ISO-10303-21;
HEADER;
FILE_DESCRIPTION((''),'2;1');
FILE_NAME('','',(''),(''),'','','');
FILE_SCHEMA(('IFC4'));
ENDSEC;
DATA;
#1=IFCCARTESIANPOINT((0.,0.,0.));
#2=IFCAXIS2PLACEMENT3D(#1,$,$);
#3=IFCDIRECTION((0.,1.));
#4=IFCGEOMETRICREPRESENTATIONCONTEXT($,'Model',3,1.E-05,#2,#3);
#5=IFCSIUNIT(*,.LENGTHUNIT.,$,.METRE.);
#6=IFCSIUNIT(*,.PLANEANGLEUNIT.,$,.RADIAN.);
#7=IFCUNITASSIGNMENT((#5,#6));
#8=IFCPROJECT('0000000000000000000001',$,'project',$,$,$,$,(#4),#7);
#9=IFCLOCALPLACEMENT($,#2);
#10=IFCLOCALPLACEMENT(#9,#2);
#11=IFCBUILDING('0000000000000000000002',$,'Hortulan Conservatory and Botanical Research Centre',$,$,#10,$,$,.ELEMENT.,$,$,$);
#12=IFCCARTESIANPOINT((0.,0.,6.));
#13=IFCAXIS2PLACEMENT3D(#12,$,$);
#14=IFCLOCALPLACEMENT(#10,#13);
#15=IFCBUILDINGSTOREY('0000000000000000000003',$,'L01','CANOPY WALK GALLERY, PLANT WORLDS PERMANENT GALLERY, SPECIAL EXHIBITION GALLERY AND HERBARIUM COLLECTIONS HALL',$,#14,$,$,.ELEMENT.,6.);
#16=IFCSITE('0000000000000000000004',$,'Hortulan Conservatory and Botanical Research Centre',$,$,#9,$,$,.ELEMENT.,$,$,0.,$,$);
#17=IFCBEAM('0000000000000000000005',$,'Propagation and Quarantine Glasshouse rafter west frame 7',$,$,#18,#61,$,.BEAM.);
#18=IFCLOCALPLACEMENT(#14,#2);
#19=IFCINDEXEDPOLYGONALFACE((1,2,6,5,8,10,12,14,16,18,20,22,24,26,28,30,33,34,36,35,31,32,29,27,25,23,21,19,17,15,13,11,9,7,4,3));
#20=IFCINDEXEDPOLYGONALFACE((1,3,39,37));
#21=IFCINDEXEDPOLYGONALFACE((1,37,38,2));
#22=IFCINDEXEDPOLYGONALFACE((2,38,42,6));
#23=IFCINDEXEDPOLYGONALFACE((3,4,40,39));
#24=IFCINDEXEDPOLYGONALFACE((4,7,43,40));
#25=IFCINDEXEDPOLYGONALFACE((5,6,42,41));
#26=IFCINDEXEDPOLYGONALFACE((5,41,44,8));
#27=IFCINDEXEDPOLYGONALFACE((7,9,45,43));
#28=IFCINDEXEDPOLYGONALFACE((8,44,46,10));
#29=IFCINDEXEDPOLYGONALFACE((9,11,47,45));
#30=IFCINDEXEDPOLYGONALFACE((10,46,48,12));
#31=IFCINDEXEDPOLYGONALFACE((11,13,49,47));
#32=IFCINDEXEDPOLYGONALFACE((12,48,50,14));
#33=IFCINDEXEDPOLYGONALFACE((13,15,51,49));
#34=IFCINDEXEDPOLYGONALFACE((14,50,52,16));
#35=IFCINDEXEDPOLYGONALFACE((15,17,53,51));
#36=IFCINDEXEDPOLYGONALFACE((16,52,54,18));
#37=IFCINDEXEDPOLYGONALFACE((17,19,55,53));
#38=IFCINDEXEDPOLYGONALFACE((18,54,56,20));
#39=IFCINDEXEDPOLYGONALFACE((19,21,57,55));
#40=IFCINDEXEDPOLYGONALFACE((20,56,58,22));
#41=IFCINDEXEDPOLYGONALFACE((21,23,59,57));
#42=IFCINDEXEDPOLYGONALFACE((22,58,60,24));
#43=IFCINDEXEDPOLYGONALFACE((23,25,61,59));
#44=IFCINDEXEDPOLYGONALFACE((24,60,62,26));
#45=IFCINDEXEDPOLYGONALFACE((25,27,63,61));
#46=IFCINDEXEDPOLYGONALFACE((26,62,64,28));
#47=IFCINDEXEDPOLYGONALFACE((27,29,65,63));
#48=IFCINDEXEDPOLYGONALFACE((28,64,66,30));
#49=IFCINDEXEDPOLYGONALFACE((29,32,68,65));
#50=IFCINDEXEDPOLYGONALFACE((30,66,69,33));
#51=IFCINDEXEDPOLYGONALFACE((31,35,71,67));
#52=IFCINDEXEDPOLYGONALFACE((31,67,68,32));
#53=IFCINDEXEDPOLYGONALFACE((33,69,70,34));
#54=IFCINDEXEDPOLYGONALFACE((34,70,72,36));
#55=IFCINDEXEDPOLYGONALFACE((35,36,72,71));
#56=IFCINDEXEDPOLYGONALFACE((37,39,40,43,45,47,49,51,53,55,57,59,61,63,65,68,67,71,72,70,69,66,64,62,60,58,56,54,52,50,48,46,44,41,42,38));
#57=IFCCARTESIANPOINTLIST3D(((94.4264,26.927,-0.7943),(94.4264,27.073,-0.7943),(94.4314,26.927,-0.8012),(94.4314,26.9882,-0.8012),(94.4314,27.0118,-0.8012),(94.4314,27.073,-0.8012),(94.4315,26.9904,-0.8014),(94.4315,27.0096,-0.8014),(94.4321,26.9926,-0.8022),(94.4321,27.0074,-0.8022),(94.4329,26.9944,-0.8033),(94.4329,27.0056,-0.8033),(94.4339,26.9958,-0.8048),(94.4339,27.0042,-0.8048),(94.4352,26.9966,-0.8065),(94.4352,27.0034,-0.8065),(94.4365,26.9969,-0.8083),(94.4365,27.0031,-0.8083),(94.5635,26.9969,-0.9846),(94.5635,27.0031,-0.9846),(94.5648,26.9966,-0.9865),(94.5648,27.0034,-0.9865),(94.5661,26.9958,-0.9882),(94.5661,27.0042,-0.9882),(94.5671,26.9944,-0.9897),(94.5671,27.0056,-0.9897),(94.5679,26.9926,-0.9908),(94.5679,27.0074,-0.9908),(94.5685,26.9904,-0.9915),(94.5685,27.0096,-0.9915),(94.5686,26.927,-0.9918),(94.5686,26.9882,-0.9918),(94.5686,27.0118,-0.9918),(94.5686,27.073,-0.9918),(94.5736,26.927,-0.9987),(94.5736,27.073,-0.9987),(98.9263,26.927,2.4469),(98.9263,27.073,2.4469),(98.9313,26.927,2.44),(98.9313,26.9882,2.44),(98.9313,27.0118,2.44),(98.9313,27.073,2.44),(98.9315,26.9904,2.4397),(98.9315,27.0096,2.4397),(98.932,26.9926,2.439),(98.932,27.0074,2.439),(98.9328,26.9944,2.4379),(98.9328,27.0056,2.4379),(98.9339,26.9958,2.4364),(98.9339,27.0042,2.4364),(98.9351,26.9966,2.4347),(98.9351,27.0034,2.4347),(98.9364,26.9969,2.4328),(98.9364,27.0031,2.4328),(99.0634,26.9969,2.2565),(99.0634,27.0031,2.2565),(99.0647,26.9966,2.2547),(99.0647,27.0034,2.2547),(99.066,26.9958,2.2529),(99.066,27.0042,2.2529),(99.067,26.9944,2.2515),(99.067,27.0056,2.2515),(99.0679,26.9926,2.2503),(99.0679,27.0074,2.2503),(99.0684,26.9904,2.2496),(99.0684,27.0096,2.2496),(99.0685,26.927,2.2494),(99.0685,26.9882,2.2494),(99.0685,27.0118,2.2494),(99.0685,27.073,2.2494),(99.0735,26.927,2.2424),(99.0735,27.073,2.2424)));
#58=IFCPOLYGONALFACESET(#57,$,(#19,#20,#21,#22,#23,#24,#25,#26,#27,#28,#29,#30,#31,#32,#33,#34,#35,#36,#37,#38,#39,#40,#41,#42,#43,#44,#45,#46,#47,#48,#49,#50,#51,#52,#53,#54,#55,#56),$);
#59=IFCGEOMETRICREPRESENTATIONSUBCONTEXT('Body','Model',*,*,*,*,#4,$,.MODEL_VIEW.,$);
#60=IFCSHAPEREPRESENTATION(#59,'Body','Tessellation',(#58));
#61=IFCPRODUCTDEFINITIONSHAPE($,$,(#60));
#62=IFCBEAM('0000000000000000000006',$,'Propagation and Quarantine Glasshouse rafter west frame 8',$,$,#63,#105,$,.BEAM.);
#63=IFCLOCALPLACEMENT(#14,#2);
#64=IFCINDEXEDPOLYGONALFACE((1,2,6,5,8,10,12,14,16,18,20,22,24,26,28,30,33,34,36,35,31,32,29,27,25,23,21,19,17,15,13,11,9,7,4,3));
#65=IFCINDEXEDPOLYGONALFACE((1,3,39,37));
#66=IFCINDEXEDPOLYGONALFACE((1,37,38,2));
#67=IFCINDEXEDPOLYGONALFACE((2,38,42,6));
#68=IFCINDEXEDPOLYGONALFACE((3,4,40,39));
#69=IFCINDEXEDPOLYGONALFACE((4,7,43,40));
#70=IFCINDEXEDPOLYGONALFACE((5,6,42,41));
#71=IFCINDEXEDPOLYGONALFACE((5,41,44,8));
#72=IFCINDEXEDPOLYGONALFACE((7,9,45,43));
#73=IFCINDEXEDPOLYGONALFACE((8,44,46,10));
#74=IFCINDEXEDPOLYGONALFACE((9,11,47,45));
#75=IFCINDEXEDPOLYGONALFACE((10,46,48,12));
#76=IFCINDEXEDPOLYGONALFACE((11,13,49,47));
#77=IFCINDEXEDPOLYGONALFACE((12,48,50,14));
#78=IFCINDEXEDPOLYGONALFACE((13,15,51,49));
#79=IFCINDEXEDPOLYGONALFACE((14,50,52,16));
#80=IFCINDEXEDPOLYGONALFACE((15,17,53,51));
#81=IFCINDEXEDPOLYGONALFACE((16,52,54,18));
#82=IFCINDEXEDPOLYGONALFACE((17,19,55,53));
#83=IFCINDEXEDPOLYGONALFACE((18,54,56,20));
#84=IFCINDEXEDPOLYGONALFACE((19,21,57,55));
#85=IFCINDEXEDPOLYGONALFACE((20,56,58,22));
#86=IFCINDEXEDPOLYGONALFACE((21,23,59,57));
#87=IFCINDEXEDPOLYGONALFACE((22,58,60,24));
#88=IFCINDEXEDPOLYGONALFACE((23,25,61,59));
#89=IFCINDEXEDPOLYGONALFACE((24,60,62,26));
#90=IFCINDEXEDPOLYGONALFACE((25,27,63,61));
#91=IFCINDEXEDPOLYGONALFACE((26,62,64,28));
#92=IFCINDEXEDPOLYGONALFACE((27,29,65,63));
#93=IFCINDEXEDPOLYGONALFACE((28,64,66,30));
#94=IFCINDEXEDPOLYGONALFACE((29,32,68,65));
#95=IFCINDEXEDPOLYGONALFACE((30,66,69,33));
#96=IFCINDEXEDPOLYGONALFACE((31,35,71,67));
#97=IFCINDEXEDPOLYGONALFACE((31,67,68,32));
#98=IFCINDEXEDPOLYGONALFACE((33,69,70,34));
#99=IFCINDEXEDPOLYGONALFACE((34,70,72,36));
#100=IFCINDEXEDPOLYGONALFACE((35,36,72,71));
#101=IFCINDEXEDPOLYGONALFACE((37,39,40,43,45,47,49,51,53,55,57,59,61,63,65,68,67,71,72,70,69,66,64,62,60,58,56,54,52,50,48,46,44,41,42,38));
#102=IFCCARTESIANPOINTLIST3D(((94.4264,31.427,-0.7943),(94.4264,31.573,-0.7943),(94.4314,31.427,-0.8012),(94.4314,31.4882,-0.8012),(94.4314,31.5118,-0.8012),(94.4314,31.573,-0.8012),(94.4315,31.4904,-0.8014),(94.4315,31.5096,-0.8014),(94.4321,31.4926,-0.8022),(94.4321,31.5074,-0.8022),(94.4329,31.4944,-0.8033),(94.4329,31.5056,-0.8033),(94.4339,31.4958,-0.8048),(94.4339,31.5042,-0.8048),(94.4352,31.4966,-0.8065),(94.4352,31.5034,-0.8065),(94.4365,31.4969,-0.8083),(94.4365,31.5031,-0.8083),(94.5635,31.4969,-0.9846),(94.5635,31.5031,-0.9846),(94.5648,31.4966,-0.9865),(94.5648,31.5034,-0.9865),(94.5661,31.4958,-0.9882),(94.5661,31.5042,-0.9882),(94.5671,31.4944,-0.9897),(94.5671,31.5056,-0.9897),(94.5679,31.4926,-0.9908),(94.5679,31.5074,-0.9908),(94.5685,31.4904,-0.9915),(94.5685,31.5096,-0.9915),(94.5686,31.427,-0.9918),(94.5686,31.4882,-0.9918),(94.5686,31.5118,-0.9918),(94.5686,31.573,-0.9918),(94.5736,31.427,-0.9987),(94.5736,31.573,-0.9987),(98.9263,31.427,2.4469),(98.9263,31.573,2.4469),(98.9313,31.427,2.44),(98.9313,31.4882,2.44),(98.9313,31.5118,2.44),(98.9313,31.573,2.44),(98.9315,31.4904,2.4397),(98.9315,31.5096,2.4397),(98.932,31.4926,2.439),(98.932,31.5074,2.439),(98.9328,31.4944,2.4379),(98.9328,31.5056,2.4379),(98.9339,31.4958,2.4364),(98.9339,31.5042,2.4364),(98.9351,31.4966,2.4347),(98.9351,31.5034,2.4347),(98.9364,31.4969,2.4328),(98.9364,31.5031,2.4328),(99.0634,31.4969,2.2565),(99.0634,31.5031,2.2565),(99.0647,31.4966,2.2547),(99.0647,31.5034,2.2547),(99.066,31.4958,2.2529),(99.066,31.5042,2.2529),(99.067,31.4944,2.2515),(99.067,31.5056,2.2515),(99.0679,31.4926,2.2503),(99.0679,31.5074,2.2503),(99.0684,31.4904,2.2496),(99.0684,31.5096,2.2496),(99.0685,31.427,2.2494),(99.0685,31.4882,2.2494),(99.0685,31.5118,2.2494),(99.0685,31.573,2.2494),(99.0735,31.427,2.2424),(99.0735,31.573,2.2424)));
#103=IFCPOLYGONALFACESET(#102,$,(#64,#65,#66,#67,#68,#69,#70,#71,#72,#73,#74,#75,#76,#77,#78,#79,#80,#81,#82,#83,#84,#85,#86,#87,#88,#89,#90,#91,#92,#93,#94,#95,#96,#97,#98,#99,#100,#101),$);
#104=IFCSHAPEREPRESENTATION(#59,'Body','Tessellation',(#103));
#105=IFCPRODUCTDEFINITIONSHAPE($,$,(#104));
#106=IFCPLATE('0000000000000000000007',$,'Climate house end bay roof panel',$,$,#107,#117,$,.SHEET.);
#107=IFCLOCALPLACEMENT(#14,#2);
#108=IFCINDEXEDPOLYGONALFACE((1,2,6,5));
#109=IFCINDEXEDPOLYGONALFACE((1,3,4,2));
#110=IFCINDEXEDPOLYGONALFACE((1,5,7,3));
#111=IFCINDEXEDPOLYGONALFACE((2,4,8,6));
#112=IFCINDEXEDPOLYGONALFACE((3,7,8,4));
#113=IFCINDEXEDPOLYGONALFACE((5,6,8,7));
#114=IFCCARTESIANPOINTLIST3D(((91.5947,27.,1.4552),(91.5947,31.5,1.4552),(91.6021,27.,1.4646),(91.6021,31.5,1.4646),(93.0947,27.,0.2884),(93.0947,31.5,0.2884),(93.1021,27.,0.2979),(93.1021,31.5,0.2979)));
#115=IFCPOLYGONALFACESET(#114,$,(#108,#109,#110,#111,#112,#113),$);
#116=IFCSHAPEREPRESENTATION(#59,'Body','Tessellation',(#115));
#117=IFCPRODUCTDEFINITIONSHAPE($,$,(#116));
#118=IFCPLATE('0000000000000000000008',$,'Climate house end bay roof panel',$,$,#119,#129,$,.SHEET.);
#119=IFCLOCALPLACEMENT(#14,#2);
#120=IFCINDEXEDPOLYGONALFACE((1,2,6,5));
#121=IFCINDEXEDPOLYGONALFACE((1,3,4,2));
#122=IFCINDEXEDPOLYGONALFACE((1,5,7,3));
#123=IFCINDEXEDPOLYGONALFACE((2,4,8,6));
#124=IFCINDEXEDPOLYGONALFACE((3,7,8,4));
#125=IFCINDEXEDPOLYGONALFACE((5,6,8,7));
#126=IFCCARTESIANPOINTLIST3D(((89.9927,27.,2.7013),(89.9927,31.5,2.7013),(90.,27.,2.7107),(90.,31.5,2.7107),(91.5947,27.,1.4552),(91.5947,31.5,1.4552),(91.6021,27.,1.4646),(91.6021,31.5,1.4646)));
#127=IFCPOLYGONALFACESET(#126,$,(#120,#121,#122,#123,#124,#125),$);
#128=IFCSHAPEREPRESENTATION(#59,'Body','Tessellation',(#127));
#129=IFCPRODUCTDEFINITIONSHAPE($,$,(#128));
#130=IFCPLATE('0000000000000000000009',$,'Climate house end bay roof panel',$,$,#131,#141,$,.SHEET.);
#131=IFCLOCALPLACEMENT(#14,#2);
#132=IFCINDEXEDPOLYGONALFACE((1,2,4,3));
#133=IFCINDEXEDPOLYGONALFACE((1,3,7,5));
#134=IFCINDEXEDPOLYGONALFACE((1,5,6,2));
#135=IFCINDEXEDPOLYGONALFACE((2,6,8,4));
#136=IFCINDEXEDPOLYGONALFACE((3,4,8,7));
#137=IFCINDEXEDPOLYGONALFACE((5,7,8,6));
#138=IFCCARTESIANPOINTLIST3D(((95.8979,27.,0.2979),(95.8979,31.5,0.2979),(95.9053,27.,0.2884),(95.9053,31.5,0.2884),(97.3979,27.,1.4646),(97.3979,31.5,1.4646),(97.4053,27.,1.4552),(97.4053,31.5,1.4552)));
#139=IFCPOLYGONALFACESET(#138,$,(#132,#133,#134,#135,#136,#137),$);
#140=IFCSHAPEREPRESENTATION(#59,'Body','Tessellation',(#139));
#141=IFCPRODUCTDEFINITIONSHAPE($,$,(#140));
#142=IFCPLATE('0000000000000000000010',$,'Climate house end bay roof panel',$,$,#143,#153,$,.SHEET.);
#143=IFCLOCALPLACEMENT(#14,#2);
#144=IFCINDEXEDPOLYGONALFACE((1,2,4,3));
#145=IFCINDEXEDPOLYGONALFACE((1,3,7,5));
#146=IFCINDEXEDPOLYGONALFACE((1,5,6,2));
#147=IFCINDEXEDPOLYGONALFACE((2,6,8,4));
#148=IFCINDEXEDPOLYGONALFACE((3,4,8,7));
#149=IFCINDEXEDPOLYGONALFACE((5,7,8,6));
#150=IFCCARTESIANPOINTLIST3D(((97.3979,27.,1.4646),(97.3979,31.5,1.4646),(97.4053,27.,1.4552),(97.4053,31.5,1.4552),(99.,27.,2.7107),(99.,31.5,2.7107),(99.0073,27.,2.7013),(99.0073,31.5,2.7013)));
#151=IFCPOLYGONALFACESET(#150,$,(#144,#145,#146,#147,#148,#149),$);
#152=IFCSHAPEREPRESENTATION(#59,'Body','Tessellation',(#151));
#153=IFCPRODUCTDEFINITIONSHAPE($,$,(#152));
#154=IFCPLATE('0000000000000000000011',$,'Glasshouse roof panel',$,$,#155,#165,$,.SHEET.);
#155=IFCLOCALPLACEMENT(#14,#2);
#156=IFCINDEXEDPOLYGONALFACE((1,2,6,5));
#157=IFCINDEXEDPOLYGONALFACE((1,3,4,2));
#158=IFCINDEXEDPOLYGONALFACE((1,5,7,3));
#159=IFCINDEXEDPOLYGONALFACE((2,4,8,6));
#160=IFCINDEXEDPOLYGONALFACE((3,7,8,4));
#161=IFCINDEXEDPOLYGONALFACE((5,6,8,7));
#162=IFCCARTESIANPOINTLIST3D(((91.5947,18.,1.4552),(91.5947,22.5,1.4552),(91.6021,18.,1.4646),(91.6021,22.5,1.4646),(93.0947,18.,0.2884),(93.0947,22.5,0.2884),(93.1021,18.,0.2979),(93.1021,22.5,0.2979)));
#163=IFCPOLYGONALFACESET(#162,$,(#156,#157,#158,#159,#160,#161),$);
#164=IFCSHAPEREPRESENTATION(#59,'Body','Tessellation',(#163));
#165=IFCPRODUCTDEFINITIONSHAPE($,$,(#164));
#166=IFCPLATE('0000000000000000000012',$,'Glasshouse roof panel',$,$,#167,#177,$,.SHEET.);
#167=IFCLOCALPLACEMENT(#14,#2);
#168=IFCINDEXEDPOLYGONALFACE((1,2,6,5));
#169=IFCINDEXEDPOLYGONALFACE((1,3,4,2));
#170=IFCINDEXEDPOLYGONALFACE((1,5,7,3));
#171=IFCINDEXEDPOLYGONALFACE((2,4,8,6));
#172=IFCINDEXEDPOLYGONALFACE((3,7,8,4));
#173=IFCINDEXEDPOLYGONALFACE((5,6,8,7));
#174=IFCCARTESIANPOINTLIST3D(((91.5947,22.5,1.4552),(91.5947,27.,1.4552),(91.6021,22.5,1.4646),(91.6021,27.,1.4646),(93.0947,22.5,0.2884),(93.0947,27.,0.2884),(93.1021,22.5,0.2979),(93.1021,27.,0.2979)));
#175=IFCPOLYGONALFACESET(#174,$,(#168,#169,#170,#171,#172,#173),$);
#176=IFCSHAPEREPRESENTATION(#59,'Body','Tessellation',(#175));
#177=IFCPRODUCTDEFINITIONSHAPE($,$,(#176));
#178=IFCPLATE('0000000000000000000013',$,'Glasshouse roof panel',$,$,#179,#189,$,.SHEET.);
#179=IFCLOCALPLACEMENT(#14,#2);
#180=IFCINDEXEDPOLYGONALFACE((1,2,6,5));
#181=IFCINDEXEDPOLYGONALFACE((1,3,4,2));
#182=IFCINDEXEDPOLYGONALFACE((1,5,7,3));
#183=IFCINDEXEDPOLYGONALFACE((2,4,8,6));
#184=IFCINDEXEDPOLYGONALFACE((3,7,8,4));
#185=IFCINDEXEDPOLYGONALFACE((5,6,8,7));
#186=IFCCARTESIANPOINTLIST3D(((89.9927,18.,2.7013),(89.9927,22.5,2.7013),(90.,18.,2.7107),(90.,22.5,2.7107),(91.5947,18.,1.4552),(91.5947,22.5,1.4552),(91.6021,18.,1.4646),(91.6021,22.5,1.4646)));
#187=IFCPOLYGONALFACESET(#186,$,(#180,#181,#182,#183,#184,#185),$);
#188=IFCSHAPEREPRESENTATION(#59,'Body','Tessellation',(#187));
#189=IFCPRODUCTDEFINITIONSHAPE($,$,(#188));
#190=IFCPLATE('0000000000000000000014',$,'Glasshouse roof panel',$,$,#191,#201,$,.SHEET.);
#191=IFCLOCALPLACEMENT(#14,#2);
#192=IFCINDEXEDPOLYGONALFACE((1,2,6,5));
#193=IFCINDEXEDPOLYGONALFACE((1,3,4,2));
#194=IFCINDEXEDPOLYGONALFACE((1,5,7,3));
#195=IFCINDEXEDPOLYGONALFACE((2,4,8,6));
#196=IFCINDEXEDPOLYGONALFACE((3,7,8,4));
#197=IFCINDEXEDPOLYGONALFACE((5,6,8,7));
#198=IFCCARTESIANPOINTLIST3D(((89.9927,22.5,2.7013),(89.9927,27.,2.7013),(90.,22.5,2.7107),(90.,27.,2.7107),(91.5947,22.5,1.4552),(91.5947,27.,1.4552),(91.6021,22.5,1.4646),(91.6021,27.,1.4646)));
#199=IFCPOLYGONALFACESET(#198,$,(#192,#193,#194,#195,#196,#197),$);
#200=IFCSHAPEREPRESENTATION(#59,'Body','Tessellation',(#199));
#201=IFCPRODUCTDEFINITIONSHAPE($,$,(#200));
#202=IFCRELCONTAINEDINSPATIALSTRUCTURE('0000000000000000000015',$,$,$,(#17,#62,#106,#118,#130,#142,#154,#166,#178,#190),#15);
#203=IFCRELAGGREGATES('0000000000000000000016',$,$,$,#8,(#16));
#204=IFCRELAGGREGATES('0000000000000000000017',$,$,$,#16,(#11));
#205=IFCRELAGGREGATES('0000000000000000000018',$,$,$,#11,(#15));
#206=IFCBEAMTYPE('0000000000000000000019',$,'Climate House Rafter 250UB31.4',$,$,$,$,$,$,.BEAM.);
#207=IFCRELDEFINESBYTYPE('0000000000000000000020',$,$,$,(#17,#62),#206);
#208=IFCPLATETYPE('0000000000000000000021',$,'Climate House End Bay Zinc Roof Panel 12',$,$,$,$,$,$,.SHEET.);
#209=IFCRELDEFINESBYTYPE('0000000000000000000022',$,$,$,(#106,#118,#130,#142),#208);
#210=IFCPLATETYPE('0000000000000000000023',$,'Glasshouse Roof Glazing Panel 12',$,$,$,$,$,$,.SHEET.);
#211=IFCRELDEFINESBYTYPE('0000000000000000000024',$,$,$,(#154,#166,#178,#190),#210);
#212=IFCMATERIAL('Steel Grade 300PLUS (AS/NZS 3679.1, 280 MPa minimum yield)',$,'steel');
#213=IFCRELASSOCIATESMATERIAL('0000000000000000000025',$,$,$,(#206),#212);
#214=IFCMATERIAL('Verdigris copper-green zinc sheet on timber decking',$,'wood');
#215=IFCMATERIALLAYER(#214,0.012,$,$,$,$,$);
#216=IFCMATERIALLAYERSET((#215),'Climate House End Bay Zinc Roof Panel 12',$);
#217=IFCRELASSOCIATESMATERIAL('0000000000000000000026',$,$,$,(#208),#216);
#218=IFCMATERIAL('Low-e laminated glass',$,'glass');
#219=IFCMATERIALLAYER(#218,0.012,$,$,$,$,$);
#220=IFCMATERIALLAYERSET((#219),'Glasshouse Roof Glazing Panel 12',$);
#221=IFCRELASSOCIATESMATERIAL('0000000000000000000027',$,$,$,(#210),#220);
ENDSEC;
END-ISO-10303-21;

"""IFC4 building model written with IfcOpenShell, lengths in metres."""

from ifc_helpers import new_model, si_unit, direction, frame, origin, origin_2d, place, context, subcontext, project, spatial, polyline, i_section, outline, extrude, material, layer, layer_set, material_profile, profile_set, type_object, element, save


model = new_model("IFC4")

# Units and contexts
model_context = context("Model", 3, precision=1e-05, world=origin(), true_north=direction((0.0, 1.0)))
body_context = subcontext(model_context, "Body", "Model", "MODEL_VIEW")
ifc_project = project(units=[si_unit("LENGTHUNIT", "METRE"), si_unit("PLANEANGLEUNIT", "RADIAN")], contexts=[model_context])

# Site, building, storey
site_placement = place(None, origin())
site = spatial("IfcSite", under=ifc_project, at=site_placement, Name="Hortulan Conservatory and Botanical Research Centre", CompositionType="ELEMENT", RefElevation=0.0)
building_placement = place(site_placement, origin())
building = spatial("IfcBuilding", under=site, at=building_placement, Name="Hortulan Conservatory and Botanical Research Centre", CompositionType="ELEMENT")
storey_placement = place(building_placement, frame((0.0, 0.0, 6.0)))
storey = spatial("IfcBuildingStorey", under=building, at=storey_placement, Name="L01", Description="CANOPY WALK GALLERY, PLANT WORLDS PERMANENT GALLERY, SPECIAL EXHIBITION GALLERY AND HERBARIUM COLLECTIONS HALL", CompositionType="ELEMENT", Elevation=6.0)

# Beams
ifc_material_1 = material(Name="Steel Grade 300PLUS (AS/NZS 3679.1, 280 MPa minimum yield)", Category="steel")
ifc_material_profile_1 = material_profile(ifc_material_1, i_section(OverallWidth=0.146, OverallDepth=0.252, WebThickness=0.0061, FlangeThickness=0.0085, FilletRadius=0.0088, at=origin_2d()), Name="250UB31.4")
ifc_profile_set_1 = profile_set([ifc_material_profile_1], Name="Steel Grade 300PLUS (AS/NZS 3679.1, 280 MPa minimum yield)")
beam_type = type_object("IfcBeamType", Name="Climate House Rafter 250UB31.4", PredefinedType="BEAM", material=ifc_profile_set_1)
for number, where, z_axis, x_axis, name in (
    (1, (94.5, 27.0, -0.8965), (0.811431, 0.0, 0.584449), (0.0, 1.0, 0.0), "Propagation and Quarantine Glasshouse rafter west frame 7"),
    (2, (94.5, 31.5, -0.8965), (0.811431, 0.0, 0.584449), (0.0, 1.0, 0.0), "Propagation and Quarantine Glasshouse rafter west frame 8"),
):
    element("IfcBeam", number, at=place(storey_placement, frame(where, z_axis=z_axis, x_axis=x_axis)), inside=storey, type_object=beam_type, Name=name, PredefinedType="BEAM", context=body_context, shape_type="SweptSolid", body=[
        extrude(i_section(OverallWidth=0.146, OverallDepth=0.252, WebThickness=0.0061, FlangeThickness=0.0085, FilletRadius=0.0088, at=origin_2d()), origin(), (0.0, 0.0, 1.0), 5.5457),
    ])

# Plates
ifc_material_2 = material(Name="Verdigris copper-green zinc sheet on timber decking", Category="wood")
ifc_layer_1 = layer(ifc_material_2, 0.012)
ifc_layer_set_1 = layer_set([ifc_layer_1], Name="Climate House End Bay Zinc Roof Panel 12")
plate_type_1 = type_object("IfcPlateType", Name="Climate House End Bay Zinc Roof Panel 12", PredefinedType="SHEET", material=ifc_layer_set_1)
plate_1_placement = place(storey_placement, frame((93.1021, 31.5, 0.2979), z_axis=(0.613967, 0.0, 0.789331), x_axis=(-0.789331, 0.0, 0.613967)))
element("IfcPlate", 3, at=plate_1_placement, inside=storey, type_object=plate_type_1, Name="Climate house end bay roof panel", PredefinedType="SHEET", context=body_context, shape_type="SweptSolid", body=[
    extrude(outline(polyline([(0.0, 0.0), (1.9003, 0.0), (1.9003, 4.5), (0.0, 4.5), (0.0, 0.0)])), origin(), (0.0, 0.0, -1.0), 0.012),
])
plate_2_placement = place(storey_placement, frame((91.6021, 31.5, 1.4646), z_axis=(0.613957, 0.0, 0.789339), x_axis=(-0.789339, 0.0, 0.613957)))
element("IfcPlate", 4, at=plate_2_placement, inside=storey, type_object=plate_type_1, Name="Climate house end bay roof panel", PredefinedType="SHEET", context=body_context, shape_type="SweptSolid", body=[
    extrude(outline(polyline([(0.0, 0.0), (2.0296, 0.0), (2.0296, 4.5), (0.0, 4.5), (0.0, 0.0)])), origin(), (0.0, 0.0, -1.0), 0.012),
])
plate_3_placement = place(storey_placement, frame((95.8979, 27.0, 0.2979), z_axis=(-0.613967, 0.0, 0.789331), x_axis=(0.789331, 0.0, 0.613967)))
element("IfcPlate", 5, at=plate_3_placement, inside=storey, type_object=plate_type_1, Name="Climate house end bay roof panel", PredefinedType="SHEET", context=body_context, shape_type="SweptSolid", body=[
    extrude(outline(polyline([(0.0, 0.0), (1.9003, 0.0), (1.9003, 4.5), (0.0, 4.5), (0.0, 0.0)])), origin(), (0.0, 0.0, -1.0), 0.012),
])
plate_4_placement = place(storey_placement, frame((97.3979, 27.0, 1.4646), z_axis=(-0.613957, 0.0, 0.789339), x_axis=(0.789339, 0.0, 0.613957)))
element("IfcPlate", 6, at=plate_4_placement, inside=storey, type_object=plate_type_1, Name="Climate house end bay roof panel", PredefinedType="SHEET", context=body_context, shape_type="SweptSolid", body=[
    extrude(outline(polyline([(0.0, 0.0), (2.0296, 0.0), (2.0296, 4.5), (0.0, 4.5), (0.0, 0.0)])), origin(), (0.0, 0.0, -1.0), 0.012),
])
ifc_material_3 = material(Name="Low-e laminated glass", Category="glass")
ifc_layer_2 = layer(ifc_material_3, 0.012)
ifc_layer_set_2 = layer_set([ifc_layer_2], Name="Glasshouse Roof Glazing Panel 12")
plate_type_2 = type_object("IfcPlateType", Name="Glasshouse Roof Glazing Panel 12", PredefinedType="SHEET", material=ifc_layer_set_2)
for number, where, z_axis, x_axis, name in (
    (7, (93.1021, 22.5, 0.2979), (0.613967, 0.0, 0.789331), (-0.789331, 0.0, 0.613967), "Glasshouse roof panel"),
    (8, (93.1021, 27.0, 0.2979), (0.613967, 0.0, 0.789331), (-0.789331, 0.0, 0.613967), "Glasshouse roof panel"),
):
    element("IfcPlate", number, at=place(storey_placement, frame(where, z_axis=z_axis, x_axis=x_axis)), inside=storey, type_object=plate_type_2, Name=name, PredefinedType="SHEET", context=body_context, shape_type="SweptSolid", body=[
        extrude(outline(polyline([(0.0, 0.0), (1.9003, 0.0), (1.9003, 4.5), (0.0, 4.5), (0.0, 0.0)])), origin(), (0.0, 0.0, -1.0), 0.012),
    ])
for number, where, z_axis, x_axis, name in (
    (9, (91.6021, 22.5, 1.4646), (0.613957, 0.0, 0.789339), (-0.789339, 0.0, 0.613957), "Glasshouse roof panel"),
    (10, (91.6021, 27.0, 1.4646), (0.613957, 0.0, 0.789339), (-0.789339, 0.0, 0.613957), "Glasshouse roof panel"),
):
    element("IfcPlate", number, at=place(storey_placement, frame(where, z_axis=z_axis, x_axis=x_axis)), inside=storey, type_object=plate_type_2, Name=name, PredefinedType="SHEET", context=body_context, shape_type="SweptSolid", body=[
        extrude(outline(polyline([(0.0, 0.0), (2.0296, 0.0), (2.0296, 4.5), (0.0, 4.5), (0.0, 0.0)])), origin(), (0.0, 0.0, -1.0), 0.012),
    ])

save(model, "model.ifc")
